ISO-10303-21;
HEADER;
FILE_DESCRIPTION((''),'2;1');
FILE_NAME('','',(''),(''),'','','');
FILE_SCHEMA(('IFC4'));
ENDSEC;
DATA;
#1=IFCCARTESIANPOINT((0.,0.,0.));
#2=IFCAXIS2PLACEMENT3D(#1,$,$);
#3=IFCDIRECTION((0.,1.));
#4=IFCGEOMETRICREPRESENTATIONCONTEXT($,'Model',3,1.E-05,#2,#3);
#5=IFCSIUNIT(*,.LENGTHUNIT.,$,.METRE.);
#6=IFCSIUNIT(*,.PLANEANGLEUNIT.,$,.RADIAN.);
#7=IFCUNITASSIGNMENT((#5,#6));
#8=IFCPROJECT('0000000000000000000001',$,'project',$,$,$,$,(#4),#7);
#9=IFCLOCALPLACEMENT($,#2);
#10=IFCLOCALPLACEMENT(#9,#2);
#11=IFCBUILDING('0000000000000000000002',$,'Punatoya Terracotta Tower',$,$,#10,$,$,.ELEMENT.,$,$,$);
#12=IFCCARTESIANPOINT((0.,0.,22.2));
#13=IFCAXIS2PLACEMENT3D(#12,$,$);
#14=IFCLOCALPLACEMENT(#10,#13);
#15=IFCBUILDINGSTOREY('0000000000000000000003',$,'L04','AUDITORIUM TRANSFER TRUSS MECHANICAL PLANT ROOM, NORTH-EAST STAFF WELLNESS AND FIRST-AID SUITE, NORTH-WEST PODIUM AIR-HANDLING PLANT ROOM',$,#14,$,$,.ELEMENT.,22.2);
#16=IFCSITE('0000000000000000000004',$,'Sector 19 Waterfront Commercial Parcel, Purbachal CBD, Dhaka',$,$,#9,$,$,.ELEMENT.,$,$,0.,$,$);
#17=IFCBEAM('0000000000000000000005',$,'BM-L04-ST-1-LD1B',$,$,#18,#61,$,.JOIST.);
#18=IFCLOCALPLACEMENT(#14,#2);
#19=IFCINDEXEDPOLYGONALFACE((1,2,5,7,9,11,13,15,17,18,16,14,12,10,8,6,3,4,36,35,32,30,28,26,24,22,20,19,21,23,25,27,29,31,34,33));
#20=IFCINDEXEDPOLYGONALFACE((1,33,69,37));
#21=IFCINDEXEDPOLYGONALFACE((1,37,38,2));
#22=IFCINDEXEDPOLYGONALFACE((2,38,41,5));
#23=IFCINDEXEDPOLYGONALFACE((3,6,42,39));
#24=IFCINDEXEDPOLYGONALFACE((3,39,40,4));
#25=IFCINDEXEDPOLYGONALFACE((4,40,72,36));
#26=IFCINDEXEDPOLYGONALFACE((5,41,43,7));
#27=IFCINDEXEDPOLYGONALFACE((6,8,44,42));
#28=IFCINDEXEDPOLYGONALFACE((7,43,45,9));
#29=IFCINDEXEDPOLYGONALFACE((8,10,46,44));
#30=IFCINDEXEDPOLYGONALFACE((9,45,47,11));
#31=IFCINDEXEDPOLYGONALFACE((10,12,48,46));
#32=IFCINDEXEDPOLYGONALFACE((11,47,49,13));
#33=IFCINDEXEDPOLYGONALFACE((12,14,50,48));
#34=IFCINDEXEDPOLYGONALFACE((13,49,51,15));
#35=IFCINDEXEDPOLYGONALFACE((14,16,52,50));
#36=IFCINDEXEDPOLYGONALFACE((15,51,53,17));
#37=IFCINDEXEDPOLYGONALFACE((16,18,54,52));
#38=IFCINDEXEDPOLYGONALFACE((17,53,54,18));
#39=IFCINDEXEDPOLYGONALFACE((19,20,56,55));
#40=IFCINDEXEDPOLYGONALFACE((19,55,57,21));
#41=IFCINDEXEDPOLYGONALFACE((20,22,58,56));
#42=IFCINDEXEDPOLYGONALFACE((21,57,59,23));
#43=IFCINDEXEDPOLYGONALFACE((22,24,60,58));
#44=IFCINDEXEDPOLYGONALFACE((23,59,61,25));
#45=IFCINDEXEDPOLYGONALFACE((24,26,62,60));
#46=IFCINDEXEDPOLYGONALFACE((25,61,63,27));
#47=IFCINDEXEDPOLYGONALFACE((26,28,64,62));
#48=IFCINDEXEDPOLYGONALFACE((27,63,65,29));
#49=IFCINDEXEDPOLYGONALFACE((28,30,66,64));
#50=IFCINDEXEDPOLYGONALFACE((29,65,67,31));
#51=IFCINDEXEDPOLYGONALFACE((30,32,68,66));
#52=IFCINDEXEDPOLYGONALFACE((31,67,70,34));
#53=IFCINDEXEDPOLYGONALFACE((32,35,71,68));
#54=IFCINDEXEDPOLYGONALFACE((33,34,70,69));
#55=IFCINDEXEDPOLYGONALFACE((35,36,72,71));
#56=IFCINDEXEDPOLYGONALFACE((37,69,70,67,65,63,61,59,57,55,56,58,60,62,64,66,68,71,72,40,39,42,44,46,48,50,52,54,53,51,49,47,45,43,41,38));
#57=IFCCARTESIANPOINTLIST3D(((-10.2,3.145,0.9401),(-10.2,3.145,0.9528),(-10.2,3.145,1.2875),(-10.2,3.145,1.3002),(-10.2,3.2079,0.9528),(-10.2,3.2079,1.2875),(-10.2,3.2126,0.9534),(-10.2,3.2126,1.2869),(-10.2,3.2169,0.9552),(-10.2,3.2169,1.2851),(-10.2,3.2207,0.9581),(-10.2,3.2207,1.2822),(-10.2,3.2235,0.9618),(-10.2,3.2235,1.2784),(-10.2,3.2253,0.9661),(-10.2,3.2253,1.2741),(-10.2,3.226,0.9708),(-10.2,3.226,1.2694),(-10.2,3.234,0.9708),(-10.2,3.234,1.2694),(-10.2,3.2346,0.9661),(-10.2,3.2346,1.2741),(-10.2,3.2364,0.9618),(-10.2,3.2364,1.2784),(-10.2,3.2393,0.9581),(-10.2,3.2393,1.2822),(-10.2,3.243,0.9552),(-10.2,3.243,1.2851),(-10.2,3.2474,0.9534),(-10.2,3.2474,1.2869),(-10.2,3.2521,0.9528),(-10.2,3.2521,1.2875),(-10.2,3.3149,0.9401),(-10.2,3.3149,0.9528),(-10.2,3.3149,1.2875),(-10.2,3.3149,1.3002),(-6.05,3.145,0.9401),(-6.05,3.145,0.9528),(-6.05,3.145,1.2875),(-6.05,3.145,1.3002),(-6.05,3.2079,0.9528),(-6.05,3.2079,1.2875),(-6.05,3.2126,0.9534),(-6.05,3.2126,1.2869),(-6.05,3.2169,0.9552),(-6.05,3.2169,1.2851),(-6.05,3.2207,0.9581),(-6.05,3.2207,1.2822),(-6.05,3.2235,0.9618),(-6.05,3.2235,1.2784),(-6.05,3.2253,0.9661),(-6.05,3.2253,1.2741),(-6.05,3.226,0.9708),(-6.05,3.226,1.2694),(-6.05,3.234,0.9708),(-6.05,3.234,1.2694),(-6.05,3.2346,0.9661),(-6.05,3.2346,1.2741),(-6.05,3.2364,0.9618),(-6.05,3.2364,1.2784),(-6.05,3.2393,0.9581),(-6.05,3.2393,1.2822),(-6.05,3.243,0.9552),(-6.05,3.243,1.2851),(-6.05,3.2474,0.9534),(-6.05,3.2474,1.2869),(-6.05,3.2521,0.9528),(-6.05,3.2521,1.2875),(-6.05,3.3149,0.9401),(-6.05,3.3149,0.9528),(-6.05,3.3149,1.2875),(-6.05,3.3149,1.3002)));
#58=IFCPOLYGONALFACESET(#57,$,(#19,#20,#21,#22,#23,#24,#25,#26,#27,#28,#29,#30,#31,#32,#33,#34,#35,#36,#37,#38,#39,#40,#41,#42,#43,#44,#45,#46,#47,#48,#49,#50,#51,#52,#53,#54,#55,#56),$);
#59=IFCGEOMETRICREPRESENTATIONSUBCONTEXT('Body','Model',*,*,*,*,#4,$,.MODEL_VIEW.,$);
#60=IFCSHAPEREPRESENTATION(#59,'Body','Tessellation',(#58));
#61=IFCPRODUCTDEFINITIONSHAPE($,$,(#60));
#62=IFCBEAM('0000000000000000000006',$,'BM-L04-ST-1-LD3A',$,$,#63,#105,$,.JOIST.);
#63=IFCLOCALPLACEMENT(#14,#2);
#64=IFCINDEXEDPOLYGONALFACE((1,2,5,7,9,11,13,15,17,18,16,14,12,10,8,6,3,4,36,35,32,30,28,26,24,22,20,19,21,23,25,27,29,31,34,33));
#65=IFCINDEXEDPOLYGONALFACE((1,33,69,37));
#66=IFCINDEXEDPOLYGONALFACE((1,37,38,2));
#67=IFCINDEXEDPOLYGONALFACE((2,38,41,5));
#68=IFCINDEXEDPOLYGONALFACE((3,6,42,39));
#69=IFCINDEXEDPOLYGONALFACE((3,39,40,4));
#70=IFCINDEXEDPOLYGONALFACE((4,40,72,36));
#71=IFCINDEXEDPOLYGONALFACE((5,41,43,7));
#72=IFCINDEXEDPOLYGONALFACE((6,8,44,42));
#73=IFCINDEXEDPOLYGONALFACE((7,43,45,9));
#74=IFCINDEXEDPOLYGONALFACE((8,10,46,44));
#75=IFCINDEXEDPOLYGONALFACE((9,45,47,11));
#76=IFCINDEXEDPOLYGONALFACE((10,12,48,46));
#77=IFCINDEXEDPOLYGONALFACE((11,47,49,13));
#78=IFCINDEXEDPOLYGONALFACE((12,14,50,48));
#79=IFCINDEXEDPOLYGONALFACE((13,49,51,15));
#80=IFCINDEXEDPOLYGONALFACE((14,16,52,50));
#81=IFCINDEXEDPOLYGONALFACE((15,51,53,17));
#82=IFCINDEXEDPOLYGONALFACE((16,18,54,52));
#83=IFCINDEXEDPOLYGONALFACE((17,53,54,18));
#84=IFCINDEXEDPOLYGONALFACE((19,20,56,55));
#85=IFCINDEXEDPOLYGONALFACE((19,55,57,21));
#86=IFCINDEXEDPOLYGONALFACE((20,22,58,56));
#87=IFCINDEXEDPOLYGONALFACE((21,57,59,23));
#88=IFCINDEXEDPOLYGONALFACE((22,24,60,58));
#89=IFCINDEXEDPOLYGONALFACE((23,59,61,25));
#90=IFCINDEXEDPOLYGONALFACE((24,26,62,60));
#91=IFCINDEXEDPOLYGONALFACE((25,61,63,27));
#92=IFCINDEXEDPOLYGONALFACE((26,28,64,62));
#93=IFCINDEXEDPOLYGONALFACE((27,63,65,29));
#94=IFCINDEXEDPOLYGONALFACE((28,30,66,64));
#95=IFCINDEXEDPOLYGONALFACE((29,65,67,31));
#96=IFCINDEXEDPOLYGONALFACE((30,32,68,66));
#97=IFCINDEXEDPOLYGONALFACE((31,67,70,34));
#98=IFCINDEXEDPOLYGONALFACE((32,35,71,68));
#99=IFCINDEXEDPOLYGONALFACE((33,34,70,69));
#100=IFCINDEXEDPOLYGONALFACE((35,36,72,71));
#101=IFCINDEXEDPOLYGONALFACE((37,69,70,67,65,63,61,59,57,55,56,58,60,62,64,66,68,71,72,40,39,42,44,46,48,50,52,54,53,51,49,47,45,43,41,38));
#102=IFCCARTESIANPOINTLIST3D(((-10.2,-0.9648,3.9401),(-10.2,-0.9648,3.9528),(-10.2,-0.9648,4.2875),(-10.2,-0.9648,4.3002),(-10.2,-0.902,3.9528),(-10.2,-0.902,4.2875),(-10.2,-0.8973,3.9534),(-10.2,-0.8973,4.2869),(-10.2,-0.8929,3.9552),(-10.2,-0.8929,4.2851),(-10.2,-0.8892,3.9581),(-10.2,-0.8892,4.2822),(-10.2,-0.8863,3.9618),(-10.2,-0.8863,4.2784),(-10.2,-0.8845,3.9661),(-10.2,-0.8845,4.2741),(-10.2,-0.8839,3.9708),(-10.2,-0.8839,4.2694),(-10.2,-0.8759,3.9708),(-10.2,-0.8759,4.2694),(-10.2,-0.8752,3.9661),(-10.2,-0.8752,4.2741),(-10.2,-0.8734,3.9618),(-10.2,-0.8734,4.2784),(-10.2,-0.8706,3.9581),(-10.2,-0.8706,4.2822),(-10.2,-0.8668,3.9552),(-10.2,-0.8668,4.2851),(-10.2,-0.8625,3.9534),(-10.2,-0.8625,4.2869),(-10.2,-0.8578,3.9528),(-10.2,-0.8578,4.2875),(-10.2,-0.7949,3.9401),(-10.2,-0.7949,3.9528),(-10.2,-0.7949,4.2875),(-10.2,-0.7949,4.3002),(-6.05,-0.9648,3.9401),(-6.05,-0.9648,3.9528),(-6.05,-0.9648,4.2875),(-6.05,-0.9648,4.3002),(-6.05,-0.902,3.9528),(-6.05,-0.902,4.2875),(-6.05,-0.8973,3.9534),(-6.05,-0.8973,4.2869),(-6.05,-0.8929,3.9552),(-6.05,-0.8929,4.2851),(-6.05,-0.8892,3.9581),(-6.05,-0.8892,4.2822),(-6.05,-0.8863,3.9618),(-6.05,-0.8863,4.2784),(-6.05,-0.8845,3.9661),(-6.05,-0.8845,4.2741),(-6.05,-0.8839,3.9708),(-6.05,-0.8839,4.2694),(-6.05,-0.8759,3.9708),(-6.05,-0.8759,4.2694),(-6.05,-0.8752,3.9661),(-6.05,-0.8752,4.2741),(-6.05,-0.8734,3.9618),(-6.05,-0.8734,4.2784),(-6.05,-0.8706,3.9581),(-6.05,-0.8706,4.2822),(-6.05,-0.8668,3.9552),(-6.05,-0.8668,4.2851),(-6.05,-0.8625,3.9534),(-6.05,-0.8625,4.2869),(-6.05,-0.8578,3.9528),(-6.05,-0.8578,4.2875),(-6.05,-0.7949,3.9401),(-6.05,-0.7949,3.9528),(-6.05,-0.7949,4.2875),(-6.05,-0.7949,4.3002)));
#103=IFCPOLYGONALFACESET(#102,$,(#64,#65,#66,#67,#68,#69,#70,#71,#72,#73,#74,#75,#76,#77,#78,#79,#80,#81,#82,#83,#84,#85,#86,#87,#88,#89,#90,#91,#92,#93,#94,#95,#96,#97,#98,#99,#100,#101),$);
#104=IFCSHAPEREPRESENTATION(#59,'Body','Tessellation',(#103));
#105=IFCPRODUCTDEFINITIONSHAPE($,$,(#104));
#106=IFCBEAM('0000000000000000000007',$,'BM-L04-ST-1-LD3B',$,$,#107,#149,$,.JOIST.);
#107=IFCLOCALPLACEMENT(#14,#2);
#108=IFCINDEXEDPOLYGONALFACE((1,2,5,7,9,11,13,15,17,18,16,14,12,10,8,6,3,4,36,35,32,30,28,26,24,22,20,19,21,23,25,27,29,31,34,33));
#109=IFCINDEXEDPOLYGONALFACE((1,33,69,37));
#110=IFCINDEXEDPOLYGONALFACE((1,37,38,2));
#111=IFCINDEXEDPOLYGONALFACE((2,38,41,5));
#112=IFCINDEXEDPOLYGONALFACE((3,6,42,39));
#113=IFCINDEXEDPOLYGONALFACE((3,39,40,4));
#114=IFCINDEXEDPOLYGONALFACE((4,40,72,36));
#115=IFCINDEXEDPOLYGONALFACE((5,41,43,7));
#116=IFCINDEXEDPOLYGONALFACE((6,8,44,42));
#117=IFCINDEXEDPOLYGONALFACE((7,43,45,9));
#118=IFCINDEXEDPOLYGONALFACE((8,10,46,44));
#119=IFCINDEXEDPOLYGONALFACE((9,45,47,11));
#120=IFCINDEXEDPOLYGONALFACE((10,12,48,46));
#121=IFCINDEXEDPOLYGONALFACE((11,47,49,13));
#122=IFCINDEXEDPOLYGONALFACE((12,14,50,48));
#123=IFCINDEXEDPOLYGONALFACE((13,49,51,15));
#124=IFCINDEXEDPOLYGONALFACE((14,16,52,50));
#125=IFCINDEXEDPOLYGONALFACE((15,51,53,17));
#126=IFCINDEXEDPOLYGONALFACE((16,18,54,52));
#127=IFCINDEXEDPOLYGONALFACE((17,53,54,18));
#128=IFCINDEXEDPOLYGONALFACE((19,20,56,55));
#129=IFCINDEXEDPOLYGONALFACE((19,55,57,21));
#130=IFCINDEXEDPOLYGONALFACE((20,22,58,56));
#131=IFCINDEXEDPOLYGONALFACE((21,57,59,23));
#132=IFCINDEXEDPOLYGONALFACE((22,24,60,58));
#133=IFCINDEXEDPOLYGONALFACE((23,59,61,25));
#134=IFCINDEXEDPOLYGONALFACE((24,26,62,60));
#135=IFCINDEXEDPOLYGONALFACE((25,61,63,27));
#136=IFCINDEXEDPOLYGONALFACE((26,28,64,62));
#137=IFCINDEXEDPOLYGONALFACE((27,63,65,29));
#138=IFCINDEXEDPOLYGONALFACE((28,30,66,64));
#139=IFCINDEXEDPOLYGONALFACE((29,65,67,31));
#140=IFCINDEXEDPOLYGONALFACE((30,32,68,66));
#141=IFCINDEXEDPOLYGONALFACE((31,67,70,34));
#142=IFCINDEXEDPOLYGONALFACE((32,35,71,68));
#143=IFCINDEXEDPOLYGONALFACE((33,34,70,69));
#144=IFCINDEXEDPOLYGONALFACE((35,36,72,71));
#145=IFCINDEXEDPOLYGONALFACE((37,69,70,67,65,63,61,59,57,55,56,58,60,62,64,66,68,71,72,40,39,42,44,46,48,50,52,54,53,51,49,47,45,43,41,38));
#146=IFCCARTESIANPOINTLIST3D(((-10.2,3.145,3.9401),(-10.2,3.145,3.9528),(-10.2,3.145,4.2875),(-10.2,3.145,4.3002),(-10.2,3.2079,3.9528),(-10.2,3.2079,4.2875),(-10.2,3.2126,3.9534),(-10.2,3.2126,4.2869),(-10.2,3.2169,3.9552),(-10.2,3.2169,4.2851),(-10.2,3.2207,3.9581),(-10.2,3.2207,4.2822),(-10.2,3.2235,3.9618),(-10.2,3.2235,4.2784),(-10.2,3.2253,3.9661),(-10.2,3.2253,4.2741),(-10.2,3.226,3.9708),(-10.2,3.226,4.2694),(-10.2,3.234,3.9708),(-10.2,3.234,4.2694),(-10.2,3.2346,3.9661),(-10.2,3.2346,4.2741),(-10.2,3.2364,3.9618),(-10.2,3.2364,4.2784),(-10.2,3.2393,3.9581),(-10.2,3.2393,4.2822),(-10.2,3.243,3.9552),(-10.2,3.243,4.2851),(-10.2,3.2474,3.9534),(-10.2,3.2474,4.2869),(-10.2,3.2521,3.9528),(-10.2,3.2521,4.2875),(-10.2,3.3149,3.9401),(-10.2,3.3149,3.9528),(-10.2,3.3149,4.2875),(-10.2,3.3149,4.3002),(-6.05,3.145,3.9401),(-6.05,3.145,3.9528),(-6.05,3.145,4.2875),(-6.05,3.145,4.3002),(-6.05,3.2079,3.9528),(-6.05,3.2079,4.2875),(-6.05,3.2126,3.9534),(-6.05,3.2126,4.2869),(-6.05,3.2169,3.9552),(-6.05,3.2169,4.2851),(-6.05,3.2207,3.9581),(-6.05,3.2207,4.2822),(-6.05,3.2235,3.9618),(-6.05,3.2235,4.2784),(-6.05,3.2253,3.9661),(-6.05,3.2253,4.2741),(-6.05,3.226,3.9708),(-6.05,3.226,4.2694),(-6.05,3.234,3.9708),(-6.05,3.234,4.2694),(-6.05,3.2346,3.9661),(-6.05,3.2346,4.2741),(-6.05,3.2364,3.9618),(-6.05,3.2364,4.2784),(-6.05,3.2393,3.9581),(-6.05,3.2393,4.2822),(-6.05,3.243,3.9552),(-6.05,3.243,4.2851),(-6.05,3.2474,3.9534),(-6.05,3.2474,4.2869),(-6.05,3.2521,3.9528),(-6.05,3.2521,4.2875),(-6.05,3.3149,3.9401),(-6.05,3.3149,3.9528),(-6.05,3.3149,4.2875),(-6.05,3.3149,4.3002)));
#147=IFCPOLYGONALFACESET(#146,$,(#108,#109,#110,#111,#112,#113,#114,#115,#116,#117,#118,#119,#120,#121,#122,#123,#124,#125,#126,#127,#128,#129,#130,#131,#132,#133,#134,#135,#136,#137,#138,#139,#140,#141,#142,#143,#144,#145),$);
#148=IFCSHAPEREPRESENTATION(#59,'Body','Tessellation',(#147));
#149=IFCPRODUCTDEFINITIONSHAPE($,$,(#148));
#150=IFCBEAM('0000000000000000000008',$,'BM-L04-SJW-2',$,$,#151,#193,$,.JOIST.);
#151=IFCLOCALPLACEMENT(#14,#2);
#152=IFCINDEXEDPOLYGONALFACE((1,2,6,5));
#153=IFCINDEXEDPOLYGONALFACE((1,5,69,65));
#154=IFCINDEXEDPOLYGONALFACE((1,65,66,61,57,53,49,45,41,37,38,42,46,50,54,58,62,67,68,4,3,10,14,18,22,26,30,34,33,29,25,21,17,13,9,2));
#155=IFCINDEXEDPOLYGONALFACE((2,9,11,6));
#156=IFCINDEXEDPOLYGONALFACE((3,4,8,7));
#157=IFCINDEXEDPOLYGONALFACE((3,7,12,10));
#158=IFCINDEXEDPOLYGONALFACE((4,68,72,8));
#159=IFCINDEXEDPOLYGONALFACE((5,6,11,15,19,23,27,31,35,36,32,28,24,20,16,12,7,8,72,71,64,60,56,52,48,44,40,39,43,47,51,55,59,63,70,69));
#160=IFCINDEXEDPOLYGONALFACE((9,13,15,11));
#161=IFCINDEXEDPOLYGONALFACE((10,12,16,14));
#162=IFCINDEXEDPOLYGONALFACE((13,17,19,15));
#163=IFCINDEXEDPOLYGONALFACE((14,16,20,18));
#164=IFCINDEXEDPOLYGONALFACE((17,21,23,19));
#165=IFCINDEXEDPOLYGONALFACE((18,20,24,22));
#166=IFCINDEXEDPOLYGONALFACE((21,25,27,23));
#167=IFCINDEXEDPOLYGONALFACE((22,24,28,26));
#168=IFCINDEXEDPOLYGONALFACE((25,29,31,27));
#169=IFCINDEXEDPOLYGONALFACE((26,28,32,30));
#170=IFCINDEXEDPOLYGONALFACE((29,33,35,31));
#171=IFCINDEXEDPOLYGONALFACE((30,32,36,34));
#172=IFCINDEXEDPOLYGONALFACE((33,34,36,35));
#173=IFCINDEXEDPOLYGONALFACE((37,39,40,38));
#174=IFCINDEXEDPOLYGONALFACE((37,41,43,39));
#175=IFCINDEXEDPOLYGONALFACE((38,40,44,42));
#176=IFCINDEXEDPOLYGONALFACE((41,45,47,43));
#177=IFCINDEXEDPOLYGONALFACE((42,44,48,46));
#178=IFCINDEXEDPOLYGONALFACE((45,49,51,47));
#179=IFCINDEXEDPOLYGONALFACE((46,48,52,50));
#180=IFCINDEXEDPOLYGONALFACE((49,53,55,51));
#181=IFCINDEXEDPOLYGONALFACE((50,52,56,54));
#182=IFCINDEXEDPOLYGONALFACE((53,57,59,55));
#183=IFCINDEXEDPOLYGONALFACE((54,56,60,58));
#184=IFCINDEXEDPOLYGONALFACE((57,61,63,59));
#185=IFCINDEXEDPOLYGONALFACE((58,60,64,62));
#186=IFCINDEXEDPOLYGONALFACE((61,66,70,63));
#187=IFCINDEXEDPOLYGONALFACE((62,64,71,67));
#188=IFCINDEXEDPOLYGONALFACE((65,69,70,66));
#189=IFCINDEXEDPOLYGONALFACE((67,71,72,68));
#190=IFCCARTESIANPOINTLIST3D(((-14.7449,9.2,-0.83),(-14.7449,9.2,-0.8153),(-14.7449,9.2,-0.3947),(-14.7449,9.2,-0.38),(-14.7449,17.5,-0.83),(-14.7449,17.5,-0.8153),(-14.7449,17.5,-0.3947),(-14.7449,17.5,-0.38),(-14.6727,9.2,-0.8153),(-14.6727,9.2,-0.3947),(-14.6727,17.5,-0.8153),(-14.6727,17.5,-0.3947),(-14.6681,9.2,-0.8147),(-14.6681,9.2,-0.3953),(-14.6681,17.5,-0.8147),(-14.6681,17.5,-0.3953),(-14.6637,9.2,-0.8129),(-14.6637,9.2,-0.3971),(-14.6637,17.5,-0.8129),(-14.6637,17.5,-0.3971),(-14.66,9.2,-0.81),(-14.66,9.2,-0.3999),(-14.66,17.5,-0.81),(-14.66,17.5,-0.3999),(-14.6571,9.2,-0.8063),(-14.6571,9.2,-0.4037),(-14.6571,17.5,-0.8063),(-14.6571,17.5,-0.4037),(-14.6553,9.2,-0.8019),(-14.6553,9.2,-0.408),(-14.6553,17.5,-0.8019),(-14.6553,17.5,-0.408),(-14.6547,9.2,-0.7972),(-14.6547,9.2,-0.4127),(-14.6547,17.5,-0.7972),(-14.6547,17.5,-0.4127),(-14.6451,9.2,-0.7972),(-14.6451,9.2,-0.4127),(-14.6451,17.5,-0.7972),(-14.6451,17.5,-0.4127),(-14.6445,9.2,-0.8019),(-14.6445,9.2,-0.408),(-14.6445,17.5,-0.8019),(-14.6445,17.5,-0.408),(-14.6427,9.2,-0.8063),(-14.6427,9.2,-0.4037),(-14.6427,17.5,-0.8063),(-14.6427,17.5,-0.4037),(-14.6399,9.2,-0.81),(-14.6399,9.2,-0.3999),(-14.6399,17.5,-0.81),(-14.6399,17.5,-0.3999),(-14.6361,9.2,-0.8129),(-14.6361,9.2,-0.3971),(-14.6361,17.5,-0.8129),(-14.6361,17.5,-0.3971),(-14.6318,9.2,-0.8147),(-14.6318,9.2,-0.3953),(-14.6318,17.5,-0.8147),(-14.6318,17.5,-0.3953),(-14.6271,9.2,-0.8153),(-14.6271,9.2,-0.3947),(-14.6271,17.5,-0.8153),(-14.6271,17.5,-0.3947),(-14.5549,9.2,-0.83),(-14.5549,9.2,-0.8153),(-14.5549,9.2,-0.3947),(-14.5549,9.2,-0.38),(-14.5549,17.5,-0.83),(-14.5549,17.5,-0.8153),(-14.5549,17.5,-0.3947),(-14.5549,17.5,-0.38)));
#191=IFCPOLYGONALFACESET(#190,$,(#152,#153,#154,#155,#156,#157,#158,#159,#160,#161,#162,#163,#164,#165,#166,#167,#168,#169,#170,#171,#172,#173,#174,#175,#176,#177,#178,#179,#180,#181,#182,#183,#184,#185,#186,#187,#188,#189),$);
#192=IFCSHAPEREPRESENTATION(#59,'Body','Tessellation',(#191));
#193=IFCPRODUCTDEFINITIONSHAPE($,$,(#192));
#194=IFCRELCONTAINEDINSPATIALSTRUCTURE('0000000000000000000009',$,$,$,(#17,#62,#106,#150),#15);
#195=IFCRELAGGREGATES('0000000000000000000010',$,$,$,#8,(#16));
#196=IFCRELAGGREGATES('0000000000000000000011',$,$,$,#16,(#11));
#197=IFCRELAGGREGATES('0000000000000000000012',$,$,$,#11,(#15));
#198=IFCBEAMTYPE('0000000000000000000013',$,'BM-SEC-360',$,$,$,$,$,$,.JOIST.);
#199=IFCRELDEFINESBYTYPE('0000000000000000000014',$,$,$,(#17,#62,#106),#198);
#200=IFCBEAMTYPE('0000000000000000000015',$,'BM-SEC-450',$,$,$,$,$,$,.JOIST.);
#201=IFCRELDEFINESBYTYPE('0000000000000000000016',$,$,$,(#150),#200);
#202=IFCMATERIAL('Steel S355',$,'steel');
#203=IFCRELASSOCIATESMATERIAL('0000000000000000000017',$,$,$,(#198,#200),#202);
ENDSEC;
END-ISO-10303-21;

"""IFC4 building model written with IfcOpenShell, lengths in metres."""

from ifc_helpers import new_model, si_unit, direction, frame, origin, origin_2d, place, context, subcontext, project, spatial, i_section, extrude, material, material_profile, profile_set, type_object, element, save


model = new_model("IFC4")

# Units and contexts
model_context = context("Model", 3, precision=1e-05, world=origin(), true_north=direction((0.0, 1.0)))
body_context = subcontext(model_context, "Body", "Model", "MODEL_VIEW")
ifc_project = project(units=[si_unit("LENGTHUNIT", "METRE"), si_unit("PLANEANGLEUNIT", "RADIAN")], contexts=[model_context])

# Site, building, storey
site_placement = place(None, origin())
site = spatial("IfcSite", under=ifc_project, at=site_placement, Name="Sector 19 Waterfront Commercial Parcel, Purbachal CBD, Dhaka", CompositionType="ELEMENT", RefElevation=0.0)
building_placement = place(site_placement, origin())
building = spatial("IfcBuilding", under=site, at=building_placement, Name="Punatoya Terracotta Tower", CompositionType="ELEMENT")
storey_placement = place(building_placement, frame((0.0, 0.0, 22.2)))
storey = spatial("IfcBuildingStorey", under=building, at=storey_placement, Name="L04", Description="AUDITORIUM TRANSFER TRUSS MECHANICAL PLANT ROOM, NORTH-EAST STAFF WELLNESS AND FIRST-AID SUITE, NORTH-WEST PODIUM AIR-HANDLING PLANT ROOM", CompositionType="ELEMENT", Elevation=22.2)

# Beams
ifc_material_1 = material(Name="Steel S355", Category="steel")
ifc_material_profile_1 = material_profile(ifc_material_1, i_section(OverallWidth=0.1699, OverallDepth=0.3601, WebThickness=0.0081, FlangeThickness=0.0127, FilletRadius=0.0181, at=origin_2d()))
ifc_profile_set_1 = profile_set([ifc_material_profile_1], Name="Steel S355")
beam_type_1 = type_object("IfcBeamType", Name="BM-SEC-360", PredefinedType="JOIST", material=ifc_profile_set_1)
for number, where, z_axis, x_axis, name in (
    (1, (-10.2, 3.23, 1.1201), (1.0, 0.0, 0.0), (0.0, 1.0, 0.0), "BM-L04-ST-1-LD1B"),
    (2, (-10.2, -0.8799, 4.1201), (1.0, 0.0, 0.0), (0.0, 1.0, 0.0), "BM-L04-ST-1-LD3A"),
    (3, (-10.2, 3.23, 4.1201), (1.0, 0.0, 0.0), (0.0, 1.0, 0.0), "BM-L04-ST-1-LD3B"),
):
    element("IfcBeam", number, at=place(storey_placement, frame(where, z_axis=z_axis, x_axis=x_axis)), inside=storey, type_object=beam_type_1, Name=name, PredefinedType="JOIST", context=body_context, shape_type="SweptSolid", body=[
        extrude(i_section(OverallWidth=0.1699, OverallDepth=0.3601, WebThickness=0.0081, FlangeThickness=0.0127, FilletRadius=0.0181, at=origin_2d()), origin(), (0.0, 0.0, 1.0), 4.1499),
    ])
ifc_material_profile_2 = material_profile(ifc_material_1, i_section(OverallWidth=0.1899, OverallDepth=0.45, WebThickness=0.0095, FlangeThickness=0.0146, FilletRadius=0.0181, at=origin_2d()))
ifc_profile_set_2 = profile_set([ifc_material_profile_2], Name="Steel S355")
beam_type_2 = type_object("IfcBeamType", Name="BM-SEC-450", PredefinedType="JOIST", material=ifc_profile_set_2)
beam_1_placement = place(storey_placement, frame((-14.6499, 9.2, -0.605), z_axis=(0.0, 1.0, 0.0), x_axis=(-1.0, 0.0, 0.0)))
element("IfcBeam", 4, at=beam_1_placement, inside=storey, type_object=beam_type_2, Name="BM-L04-SJW-2", PredefinedType="JOIST", context=body_context, shape_type="SweptSolid", body=[
    extrude(i_section(OverallWidth=0.1899, OverallDepth=0.45, WebThickness=0.0095, FlangeThickness=0.0146, FilletRadius=0.0181, at=origin_2d()), origin(), (0.0, 0.0, 1.0), 8.3),
])

save(model, "model.ifc")
